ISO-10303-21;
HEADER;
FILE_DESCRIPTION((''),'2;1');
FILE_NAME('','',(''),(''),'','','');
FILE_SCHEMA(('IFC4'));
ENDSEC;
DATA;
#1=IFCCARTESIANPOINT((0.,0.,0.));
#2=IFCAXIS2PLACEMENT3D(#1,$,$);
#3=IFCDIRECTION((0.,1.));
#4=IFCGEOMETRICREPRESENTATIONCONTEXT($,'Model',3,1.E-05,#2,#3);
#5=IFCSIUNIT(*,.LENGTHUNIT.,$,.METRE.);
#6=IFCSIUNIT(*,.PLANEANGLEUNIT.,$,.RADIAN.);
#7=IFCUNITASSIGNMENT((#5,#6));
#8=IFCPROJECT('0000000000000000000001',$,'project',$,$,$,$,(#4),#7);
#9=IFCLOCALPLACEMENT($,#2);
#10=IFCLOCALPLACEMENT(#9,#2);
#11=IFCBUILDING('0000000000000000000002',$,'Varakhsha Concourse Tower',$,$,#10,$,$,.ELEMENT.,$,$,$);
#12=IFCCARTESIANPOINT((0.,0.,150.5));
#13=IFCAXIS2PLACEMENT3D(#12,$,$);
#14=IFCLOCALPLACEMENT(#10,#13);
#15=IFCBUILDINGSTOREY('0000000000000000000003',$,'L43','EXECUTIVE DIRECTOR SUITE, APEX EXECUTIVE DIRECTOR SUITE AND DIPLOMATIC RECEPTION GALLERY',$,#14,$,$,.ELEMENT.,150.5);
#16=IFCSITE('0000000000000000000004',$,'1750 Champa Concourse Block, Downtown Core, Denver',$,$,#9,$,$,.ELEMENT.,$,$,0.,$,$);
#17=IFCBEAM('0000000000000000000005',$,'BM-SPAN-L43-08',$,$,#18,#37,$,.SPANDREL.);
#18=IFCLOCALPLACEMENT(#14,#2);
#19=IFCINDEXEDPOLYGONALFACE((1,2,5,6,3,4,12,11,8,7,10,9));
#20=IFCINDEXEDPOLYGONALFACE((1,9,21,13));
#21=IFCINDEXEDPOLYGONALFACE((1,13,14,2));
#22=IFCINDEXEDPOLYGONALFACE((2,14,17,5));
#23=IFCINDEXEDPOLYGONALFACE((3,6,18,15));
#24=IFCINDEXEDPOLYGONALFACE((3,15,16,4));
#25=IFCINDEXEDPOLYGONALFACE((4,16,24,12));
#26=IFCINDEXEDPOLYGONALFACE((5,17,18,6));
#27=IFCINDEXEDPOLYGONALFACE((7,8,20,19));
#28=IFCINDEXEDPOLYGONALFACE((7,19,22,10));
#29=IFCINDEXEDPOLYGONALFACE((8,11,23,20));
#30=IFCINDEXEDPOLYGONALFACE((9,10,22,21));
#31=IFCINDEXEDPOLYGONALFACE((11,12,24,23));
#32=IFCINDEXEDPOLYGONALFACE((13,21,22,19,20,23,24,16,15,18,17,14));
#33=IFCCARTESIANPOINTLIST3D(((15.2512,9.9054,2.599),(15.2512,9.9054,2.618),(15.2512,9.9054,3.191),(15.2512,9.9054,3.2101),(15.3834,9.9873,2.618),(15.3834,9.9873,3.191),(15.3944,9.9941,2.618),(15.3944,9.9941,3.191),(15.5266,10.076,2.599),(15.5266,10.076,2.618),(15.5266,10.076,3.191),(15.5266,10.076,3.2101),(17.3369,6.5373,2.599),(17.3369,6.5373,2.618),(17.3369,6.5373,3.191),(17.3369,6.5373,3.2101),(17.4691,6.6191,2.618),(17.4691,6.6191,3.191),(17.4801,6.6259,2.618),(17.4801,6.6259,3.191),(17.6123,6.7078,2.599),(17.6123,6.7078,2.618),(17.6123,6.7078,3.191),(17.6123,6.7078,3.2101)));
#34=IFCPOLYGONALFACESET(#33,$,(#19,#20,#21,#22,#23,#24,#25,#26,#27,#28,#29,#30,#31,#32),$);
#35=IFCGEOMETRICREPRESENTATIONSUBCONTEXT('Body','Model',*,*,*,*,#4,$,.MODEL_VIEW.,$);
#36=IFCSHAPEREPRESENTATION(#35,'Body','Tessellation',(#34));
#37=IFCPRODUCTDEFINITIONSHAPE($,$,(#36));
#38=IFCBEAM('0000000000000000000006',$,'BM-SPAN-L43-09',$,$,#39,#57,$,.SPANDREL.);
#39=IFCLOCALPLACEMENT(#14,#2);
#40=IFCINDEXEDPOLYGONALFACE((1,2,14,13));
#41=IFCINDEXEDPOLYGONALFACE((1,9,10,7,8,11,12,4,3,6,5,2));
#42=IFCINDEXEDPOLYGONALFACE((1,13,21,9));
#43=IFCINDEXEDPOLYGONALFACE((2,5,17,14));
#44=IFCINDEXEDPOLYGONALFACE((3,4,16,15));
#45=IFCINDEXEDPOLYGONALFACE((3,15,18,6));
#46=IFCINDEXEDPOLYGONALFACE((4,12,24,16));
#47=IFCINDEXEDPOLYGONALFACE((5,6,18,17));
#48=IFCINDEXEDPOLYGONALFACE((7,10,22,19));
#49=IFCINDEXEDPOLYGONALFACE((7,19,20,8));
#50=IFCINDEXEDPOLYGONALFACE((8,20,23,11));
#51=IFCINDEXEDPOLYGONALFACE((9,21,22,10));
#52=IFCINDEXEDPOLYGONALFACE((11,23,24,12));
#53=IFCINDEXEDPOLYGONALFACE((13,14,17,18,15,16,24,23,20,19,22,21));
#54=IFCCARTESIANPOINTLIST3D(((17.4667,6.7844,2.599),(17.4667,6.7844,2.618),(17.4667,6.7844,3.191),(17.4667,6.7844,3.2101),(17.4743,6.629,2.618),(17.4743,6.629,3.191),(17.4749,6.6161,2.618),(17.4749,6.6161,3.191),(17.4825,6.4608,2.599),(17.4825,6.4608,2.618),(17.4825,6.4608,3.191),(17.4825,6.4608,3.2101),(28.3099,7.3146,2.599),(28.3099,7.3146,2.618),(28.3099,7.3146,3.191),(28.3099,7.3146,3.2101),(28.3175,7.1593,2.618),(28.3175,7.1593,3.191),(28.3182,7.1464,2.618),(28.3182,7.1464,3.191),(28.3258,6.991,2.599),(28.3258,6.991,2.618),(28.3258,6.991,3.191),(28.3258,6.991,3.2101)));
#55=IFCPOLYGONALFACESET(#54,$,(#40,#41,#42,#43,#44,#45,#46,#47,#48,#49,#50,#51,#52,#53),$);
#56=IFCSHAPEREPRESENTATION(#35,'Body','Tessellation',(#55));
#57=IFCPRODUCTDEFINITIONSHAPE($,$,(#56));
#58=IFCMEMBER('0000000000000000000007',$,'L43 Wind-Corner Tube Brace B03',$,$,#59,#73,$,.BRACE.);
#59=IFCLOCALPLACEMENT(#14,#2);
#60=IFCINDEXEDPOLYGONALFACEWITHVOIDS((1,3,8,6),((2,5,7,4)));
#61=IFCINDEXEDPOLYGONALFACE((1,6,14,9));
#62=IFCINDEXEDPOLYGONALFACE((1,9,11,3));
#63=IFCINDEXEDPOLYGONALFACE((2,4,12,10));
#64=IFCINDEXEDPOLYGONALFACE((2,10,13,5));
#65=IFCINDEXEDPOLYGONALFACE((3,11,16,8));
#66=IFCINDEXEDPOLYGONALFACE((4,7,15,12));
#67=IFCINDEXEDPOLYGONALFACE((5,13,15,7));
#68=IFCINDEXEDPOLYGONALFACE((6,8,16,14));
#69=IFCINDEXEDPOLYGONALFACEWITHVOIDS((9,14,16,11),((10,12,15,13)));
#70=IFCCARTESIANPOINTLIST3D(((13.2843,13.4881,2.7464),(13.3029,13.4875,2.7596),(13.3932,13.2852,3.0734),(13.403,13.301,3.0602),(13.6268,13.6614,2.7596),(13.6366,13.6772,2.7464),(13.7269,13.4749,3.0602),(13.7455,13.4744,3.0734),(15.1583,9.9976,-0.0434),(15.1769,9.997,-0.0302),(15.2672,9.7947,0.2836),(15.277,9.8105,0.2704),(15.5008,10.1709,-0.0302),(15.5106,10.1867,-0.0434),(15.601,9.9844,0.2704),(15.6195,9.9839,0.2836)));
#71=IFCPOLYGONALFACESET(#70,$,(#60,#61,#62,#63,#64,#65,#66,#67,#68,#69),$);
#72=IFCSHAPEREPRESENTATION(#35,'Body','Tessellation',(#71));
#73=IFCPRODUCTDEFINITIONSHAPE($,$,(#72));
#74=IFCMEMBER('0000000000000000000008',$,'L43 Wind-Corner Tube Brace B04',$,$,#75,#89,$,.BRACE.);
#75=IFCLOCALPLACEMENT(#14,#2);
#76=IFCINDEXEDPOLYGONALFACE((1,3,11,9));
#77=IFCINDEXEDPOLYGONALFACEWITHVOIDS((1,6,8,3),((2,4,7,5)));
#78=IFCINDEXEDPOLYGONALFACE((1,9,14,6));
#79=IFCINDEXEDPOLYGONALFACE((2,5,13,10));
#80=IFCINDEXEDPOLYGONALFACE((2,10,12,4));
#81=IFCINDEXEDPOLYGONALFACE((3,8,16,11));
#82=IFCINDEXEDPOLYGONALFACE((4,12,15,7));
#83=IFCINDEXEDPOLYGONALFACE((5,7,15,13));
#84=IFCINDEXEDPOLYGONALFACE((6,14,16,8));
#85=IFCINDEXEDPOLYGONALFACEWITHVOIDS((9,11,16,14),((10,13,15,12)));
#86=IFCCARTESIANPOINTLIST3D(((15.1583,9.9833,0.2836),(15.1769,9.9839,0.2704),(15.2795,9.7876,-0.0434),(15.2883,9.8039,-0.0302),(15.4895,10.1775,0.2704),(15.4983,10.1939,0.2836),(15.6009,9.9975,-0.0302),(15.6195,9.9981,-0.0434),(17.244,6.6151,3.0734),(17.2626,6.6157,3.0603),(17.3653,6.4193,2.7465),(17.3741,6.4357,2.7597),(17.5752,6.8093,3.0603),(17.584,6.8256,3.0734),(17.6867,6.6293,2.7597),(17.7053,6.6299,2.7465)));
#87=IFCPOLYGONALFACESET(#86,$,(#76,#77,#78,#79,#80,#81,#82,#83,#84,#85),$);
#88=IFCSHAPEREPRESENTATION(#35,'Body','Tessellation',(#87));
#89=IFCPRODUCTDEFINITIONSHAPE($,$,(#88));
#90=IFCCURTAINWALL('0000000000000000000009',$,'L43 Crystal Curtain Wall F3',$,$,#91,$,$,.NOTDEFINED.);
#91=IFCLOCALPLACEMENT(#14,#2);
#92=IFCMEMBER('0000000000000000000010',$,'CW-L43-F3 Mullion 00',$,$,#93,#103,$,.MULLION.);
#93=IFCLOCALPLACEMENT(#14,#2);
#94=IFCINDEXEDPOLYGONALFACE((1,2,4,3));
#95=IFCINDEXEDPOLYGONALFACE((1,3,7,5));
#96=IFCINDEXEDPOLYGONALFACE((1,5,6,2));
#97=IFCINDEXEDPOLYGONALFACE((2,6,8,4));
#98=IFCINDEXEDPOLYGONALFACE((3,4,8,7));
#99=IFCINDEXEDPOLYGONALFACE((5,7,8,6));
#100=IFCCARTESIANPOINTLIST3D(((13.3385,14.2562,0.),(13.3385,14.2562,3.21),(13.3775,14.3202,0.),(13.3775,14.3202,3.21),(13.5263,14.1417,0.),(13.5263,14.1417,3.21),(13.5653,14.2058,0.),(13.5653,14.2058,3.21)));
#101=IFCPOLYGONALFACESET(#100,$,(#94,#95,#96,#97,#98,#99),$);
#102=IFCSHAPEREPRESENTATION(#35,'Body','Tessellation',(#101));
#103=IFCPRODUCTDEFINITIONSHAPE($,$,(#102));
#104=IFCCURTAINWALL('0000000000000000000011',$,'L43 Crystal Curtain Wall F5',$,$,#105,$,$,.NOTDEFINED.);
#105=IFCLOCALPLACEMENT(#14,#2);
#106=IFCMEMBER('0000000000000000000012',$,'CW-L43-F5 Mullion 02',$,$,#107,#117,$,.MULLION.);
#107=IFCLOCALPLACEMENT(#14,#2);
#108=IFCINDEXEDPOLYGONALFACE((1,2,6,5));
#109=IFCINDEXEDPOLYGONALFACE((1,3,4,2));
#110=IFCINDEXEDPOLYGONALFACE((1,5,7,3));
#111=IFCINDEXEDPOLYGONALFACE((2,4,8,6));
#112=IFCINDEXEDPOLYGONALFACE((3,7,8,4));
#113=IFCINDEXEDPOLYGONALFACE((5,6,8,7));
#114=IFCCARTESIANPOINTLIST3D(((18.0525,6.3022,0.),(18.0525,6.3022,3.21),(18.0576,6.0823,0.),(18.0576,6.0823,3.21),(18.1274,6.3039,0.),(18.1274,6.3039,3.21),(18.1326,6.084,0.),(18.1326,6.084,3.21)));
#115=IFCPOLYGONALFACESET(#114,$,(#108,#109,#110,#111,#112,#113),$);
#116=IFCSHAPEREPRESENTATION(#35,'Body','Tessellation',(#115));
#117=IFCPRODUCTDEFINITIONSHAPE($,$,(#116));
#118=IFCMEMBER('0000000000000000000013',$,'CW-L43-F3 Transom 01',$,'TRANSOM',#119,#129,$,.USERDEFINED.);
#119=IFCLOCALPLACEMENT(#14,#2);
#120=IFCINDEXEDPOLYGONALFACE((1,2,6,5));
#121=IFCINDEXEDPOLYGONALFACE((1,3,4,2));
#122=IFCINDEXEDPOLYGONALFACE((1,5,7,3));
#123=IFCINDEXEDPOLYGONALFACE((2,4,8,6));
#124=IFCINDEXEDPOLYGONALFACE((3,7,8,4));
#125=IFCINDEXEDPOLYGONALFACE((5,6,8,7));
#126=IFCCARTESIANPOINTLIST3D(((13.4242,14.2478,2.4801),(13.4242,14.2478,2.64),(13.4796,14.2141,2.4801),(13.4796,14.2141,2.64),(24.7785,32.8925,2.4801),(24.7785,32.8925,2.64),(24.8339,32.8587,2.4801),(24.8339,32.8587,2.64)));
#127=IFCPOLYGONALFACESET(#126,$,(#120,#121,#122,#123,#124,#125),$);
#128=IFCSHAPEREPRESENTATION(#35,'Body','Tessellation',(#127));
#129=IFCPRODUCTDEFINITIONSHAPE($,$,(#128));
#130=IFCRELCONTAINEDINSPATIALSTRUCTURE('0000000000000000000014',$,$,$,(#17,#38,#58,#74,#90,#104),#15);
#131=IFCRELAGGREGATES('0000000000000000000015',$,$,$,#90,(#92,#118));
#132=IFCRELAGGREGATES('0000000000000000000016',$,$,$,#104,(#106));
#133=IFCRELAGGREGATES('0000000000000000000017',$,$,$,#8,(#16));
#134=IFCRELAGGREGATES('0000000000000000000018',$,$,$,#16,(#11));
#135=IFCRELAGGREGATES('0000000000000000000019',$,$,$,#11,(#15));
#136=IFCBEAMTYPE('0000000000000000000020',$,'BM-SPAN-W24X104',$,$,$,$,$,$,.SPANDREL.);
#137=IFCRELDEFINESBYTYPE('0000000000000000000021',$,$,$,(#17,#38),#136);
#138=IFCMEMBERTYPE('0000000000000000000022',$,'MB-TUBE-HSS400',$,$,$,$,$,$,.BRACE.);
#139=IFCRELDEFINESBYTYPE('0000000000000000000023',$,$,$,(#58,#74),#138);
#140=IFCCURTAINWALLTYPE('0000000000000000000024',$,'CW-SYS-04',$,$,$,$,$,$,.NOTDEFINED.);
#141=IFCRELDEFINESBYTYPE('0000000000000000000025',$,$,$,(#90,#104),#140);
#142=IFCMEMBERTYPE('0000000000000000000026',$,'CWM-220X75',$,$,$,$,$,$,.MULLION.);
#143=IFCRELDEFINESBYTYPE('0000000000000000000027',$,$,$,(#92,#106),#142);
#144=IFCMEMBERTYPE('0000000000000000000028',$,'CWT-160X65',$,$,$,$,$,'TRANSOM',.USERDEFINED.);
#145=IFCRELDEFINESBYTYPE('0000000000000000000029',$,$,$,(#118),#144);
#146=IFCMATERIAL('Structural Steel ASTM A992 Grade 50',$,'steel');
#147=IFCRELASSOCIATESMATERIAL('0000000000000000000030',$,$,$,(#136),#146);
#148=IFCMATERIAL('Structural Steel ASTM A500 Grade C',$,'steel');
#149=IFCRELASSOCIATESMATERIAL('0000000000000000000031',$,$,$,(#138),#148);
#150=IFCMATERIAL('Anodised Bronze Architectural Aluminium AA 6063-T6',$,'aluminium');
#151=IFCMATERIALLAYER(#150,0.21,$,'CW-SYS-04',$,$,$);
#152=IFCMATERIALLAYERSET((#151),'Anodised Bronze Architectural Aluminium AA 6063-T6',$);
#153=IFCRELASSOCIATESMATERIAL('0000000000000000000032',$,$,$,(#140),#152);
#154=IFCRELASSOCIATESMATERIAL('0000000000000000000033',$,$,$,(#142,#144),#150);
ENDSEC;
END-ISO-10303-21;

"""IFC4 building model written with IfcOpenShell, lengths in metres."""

from ifc_helpers import new_model, si_unit, direction, frame, origin, origin_2d, place, context, subcontext, project, spatial, rectangle, hollow_rectangle, i_section, extrude, source, transform, mapped, material, layer, layer_set, material_profile, profile_set, type_object, type_shapes, element, aggregate, save


model = new_model("IFC4")

# Units and contexts
model_context = context("Model", 3, precision=1e-05, world=origin(), true_north=direction((0.0, 1.0)))
body_context = subcontext(model_context, "Body", "Model", "MODEL_VIEW")
ifc_project = project(units=[si_unit("LENGTHUNIT", "METRE"), si_unit("PLANEANGLEUNIT", "RADIAN")], contexts=[model_context])

# Site, building, storey
site_placement = place(None, origin())
site = spatial("IfcSite", under=ifc_project, at=site_placement, Name="1750 Champa Concourse Block, Downtown Core, Denver", CompositionType="ELEMENT", RefElevation=0.0)
building_placement = place(site_placement, origin())
building = spatial("IfcBuilding", under=site, at=building_placement, Name="Varakhsha Concourse Tower", CompositionType="ELEMENT")
storey_placement = place(building_placement, frame((0.0, 0.0, 150.5)))
storey = spatial("IfcBuildingStorey", under=building, at=storey_placement, Name="L43", Description="EXECUTIVE DIRECTOR SUITE, APEX EXECUTIVE DIRECTOR SUITE AND DIPLOMATIC RECEPTION GALLERY", CompositionType="ELEMENT", Elevation=150.5)

# Shared definitions
ifc_material_1 = material(Name="Structural Steel ASTM A992 Grade 50", Category="steel")

# Beams
ifc_material_profile_1 = material_profile(ifc_material_1, i_section(OverallWidth=0.324, OverallDepth=0.6111, WebThickness=0.0129, FlangeThickness=0.019, at=origin_2d()), Name="W24X104")
ifc_profile_set_1 = profile_set([ifc_material_profile_1], Name="Structural Steel ASTM A992 Grade 50")
beam_type_1 = type_object("IfcBeamType", Name="BM-SPAN-W24X104", PredefinedType="SPANDREL", material=ifc_profile_set_1)
for number, where, z_axis, x_axis, name in (
    (1, (15.3889, 9.9907, 2.9045), (0.526471, -0.850193, 0.0), (0.850193, 0.526471, 0.0), "BM-SPAN-L43-08"),
):
    element("IfcBeam", number, at=place(storey_placement, frame(where, z_axis=z_axis, x_axis=x_axis)), inside=storey, type_object=beam_type_1, Name=name, PredefinedType="SPANDREL", context=body_context, shape_type="SweptSolid", body=[
        extrude(i_section(OverallWidth=0.324, OverallDepth=0.6111, WebThickness=0.0129, FlangeThickness=0.019, at=origin_2d()), origin(), (0.0, 0.0, 1.0), 3.9617),
    ])
beam_1_placement = place(storey_placement, frame((17.4746, 6.6226, 2.9045), z_axis=(0.998806, 0.048845, 0.0), x_axis=(-0.048845, 0.998806, 0.0)))
element("IfcBeam", 2, at=beam_1_placement, inside=storey, type_object=beam_type_1, Name="BM-SPAN-L43-09", PredefinedType="SPANDREL", context=body_context, shape_type="SweptSolid", body=[
    extrude(i_section(OverallWidth=0.324, OverallDepth=0.6111, WebThickness=0.0129, FlangeThickness=0.019, at=origin_2d()), origin(), (0.0, 0.0, 1.0), 10.8562),
])

# Members
ifc_material_2 = material(Name="Structural Steel ASTM A500 Grade C", Category="steel")
ifc_material_profile_2 = material_profile(ifc_material_2, hollow_rectangle(XDim=0.3999, YDim=0.3999, WallThickness=0.0161, at=origin_2d()), Name="HSS 400x400x16")
ifc_profile_set_2 = profile_set([ifc_material_profile_2], Name="Structural Steel ASTM A500 Grade C")
member_type_1 = type_object("IfcMemberType", Name="MB-TUBE-HSS400", PredefinedType="BRACE", material=ifc_profile_set_2)
shared_shape_1 = source(origin(), body_context, "Body", "SweptSolid", [
    extrude(hollow_rectangle(XDim=0.3999, YDim=0.3999, WallThickness=0.0161, at=origin_2d()), origin(), (0.0, 0.0, 1.0), 4.8455),
])
type_shapes(member_type_1, [shared_shape_1])
for number, where, z_axis, x_axis, name in (
    (3, (15.3889, 9.9907, 0.1201), (-0.38676, 0.720362, 0.575756), (-0.881046, -0.47303, 0.0), "L43 Wind-Corner Tube Brace B03"),
    (4, (15.3889, 9.9907, 0.1201), (0.430451, -0.695131, 0.575765), (0.850193, 0.526471, 0.0), "L43 Wind-Corner Tube Brace B04"),
):
    element("IfcMember", number, at=place(storey_placement, frame(where, z_axis=z_axis, x_axis=x_axis)), inside=storey, type_object=member_type_1, Name=name, PredefinedType="BRACE", context=body_context, shape_type="MappedRepresentation", body=[
        mapped(shared_shape_1, transform((0.0, 0.0, 0.0), scale=1.0)),
    ])

# Curtain walls, members
ifc_material_3 = material(Name="Anodised Bronze Architectural Aluminium AA 6063-T6", Category="aluminium")
ifc_layer_1 = layer(ifc_material_3, 0.21, Name="CW-SYS-04")
ifc_layer_set_1 = layer_set([ifc_layer_1], Name="Anodised Bronze Architectural Aluminium AA 6063-T6")
curtain_wall_type = type_object("IfcCurtainWallType", Name="CW-SYS-04", PredefinedType="NOTDEFINED", material=ifc_layer_set_1)
curtain_wall_1_placement = place(storey_placement, origin())
curtain_wall_1 = element("IfcCurtainWall", 5, at=curtain_wall_1_placement, inside=storey, type_object=curtain_wall_type, Name="L43 Crystal Curtain Wall F3", PredefinedType="NOTDEFINED")
ifc_material_profile_3 = material_profile(ifc_material_3, rectangle(XDim=0.075, YDim=0.22, at=origin_2d()), Name="CWM-220X75")
ifc_profile_set_3 = profile_set([ifc_material_profile_3], Name="Anodised Bronze Architectural Aluminium AA 6063-T6")
member_type_2 = type_object("IfcMemberType", Name="CWM-220X75", PredefinedType="MULLION", material=ifc_profile_set_3)
shared_shape_2 = source(origin(), body_context, "Body", "SweptSolid", [
    extrude(rectangle(XDim=0.075, YDim=0.22, at=origin_2d()), origin(), (0.0, 0.0, 1.0), 3.21),
])
type_shapes(member_type_2, [shared_shape_2])
member_1_placement = place(storey_placement, frame((13.4519, 14.231, 0.0), z_axis=(0.0, 0.0, 1.0), x_axis=(0.520126, 0.85409, 0.0)))
member_1 = element("IfcMember", 6, at=member_1_placement, type_object=member_type_2, Name="CW-L43-F3 Mullion 00", PredefinedType="MULLION", context=body_context, shape_type="MappedRepresentation", body=[
    mapped(shared_shape_2, transform((0.0, 0.0, 0.0), scale=1.0)),
])
curtain_wall_2_placement = place(storey_placement, origin())
curtain_wall_2 = element("IfcCurtainWall", 7, at=curtain_wall_2_placement, inside=storey, type_object=curtain_wall_type, Name="L43 Crystal Curtain Wall F5", PredefinedType="NOTDEFINED")
member_2_placement = place(storey_placement, frame((18.0925, 6.1931, 0.0), z_axis=(0.0, 0.0, 1.0), x_axis=(-0.999726, -0.023404, 0.0)))
member_2 = element("IfcMember", 8, at=member_2_placement, type_object=member_type_2, Name="CW-L43-F5 Mullion 02", PredefinedType="MULLION", context=body_context, shape_type="MappedRepresentation", body=[
    mapped(shared_shape_2, transform((0.0, 0.0, 0.0), scale=1.0)),
])

# Member
ifc_material_profile_4 = material_profile(ifc_material_3, rectangle(XDim=0.0649, YDim=0.1599, at=origin_2d()), Name="CWT-160X65")
ifc_profile_set_4 = profile_set([ifc_material_profile_4], Name="Anodised Bronze Architectural Aluminium AA 6063-T6")
member_type_3 = type_object("IfcMemberType", Name="CWT-160X65", ElementType="TRANSOM", PredefinedType="USERDEFINED", material=ifc_profile_set_4)
shared_shape_3 = source(origin(), body_context, "Body", "SweptSolid", [
    extrude(rectangle(XDim=0.0649, YDim=0.1599, at=origin_2d()), origin(), (0.0, 0.0, 1.0), 21.8298),
])
type_shapes(member_type_3, [shared_shape_3])
member_3_placement = place(storey_placement, frame((13.4519, 14.231, 2.5601), z_axis=(0.520128, 0.854089, 0.0), x_axis=(-0.854089, 0.520128, 0.0)))
member_3 = element("IfcMember", 9, at=member_3_placement, type_object=member_type_3, Name="CW-L43-F3 Transom 01", ObjectType="TRANSOM", PredefinedType="USERDEFINED", context=body_context, shape_type="MappedRepresentation", body=[
    mapped(shared_shape_3, transform((0.0, 0.0, 0.0), scale=1.0)),
])

aggregate(curtain_wall_1, [member_1, member_3])
aggregate(curtain_wall_2, [member_2])

save(model, "model.ifc")
